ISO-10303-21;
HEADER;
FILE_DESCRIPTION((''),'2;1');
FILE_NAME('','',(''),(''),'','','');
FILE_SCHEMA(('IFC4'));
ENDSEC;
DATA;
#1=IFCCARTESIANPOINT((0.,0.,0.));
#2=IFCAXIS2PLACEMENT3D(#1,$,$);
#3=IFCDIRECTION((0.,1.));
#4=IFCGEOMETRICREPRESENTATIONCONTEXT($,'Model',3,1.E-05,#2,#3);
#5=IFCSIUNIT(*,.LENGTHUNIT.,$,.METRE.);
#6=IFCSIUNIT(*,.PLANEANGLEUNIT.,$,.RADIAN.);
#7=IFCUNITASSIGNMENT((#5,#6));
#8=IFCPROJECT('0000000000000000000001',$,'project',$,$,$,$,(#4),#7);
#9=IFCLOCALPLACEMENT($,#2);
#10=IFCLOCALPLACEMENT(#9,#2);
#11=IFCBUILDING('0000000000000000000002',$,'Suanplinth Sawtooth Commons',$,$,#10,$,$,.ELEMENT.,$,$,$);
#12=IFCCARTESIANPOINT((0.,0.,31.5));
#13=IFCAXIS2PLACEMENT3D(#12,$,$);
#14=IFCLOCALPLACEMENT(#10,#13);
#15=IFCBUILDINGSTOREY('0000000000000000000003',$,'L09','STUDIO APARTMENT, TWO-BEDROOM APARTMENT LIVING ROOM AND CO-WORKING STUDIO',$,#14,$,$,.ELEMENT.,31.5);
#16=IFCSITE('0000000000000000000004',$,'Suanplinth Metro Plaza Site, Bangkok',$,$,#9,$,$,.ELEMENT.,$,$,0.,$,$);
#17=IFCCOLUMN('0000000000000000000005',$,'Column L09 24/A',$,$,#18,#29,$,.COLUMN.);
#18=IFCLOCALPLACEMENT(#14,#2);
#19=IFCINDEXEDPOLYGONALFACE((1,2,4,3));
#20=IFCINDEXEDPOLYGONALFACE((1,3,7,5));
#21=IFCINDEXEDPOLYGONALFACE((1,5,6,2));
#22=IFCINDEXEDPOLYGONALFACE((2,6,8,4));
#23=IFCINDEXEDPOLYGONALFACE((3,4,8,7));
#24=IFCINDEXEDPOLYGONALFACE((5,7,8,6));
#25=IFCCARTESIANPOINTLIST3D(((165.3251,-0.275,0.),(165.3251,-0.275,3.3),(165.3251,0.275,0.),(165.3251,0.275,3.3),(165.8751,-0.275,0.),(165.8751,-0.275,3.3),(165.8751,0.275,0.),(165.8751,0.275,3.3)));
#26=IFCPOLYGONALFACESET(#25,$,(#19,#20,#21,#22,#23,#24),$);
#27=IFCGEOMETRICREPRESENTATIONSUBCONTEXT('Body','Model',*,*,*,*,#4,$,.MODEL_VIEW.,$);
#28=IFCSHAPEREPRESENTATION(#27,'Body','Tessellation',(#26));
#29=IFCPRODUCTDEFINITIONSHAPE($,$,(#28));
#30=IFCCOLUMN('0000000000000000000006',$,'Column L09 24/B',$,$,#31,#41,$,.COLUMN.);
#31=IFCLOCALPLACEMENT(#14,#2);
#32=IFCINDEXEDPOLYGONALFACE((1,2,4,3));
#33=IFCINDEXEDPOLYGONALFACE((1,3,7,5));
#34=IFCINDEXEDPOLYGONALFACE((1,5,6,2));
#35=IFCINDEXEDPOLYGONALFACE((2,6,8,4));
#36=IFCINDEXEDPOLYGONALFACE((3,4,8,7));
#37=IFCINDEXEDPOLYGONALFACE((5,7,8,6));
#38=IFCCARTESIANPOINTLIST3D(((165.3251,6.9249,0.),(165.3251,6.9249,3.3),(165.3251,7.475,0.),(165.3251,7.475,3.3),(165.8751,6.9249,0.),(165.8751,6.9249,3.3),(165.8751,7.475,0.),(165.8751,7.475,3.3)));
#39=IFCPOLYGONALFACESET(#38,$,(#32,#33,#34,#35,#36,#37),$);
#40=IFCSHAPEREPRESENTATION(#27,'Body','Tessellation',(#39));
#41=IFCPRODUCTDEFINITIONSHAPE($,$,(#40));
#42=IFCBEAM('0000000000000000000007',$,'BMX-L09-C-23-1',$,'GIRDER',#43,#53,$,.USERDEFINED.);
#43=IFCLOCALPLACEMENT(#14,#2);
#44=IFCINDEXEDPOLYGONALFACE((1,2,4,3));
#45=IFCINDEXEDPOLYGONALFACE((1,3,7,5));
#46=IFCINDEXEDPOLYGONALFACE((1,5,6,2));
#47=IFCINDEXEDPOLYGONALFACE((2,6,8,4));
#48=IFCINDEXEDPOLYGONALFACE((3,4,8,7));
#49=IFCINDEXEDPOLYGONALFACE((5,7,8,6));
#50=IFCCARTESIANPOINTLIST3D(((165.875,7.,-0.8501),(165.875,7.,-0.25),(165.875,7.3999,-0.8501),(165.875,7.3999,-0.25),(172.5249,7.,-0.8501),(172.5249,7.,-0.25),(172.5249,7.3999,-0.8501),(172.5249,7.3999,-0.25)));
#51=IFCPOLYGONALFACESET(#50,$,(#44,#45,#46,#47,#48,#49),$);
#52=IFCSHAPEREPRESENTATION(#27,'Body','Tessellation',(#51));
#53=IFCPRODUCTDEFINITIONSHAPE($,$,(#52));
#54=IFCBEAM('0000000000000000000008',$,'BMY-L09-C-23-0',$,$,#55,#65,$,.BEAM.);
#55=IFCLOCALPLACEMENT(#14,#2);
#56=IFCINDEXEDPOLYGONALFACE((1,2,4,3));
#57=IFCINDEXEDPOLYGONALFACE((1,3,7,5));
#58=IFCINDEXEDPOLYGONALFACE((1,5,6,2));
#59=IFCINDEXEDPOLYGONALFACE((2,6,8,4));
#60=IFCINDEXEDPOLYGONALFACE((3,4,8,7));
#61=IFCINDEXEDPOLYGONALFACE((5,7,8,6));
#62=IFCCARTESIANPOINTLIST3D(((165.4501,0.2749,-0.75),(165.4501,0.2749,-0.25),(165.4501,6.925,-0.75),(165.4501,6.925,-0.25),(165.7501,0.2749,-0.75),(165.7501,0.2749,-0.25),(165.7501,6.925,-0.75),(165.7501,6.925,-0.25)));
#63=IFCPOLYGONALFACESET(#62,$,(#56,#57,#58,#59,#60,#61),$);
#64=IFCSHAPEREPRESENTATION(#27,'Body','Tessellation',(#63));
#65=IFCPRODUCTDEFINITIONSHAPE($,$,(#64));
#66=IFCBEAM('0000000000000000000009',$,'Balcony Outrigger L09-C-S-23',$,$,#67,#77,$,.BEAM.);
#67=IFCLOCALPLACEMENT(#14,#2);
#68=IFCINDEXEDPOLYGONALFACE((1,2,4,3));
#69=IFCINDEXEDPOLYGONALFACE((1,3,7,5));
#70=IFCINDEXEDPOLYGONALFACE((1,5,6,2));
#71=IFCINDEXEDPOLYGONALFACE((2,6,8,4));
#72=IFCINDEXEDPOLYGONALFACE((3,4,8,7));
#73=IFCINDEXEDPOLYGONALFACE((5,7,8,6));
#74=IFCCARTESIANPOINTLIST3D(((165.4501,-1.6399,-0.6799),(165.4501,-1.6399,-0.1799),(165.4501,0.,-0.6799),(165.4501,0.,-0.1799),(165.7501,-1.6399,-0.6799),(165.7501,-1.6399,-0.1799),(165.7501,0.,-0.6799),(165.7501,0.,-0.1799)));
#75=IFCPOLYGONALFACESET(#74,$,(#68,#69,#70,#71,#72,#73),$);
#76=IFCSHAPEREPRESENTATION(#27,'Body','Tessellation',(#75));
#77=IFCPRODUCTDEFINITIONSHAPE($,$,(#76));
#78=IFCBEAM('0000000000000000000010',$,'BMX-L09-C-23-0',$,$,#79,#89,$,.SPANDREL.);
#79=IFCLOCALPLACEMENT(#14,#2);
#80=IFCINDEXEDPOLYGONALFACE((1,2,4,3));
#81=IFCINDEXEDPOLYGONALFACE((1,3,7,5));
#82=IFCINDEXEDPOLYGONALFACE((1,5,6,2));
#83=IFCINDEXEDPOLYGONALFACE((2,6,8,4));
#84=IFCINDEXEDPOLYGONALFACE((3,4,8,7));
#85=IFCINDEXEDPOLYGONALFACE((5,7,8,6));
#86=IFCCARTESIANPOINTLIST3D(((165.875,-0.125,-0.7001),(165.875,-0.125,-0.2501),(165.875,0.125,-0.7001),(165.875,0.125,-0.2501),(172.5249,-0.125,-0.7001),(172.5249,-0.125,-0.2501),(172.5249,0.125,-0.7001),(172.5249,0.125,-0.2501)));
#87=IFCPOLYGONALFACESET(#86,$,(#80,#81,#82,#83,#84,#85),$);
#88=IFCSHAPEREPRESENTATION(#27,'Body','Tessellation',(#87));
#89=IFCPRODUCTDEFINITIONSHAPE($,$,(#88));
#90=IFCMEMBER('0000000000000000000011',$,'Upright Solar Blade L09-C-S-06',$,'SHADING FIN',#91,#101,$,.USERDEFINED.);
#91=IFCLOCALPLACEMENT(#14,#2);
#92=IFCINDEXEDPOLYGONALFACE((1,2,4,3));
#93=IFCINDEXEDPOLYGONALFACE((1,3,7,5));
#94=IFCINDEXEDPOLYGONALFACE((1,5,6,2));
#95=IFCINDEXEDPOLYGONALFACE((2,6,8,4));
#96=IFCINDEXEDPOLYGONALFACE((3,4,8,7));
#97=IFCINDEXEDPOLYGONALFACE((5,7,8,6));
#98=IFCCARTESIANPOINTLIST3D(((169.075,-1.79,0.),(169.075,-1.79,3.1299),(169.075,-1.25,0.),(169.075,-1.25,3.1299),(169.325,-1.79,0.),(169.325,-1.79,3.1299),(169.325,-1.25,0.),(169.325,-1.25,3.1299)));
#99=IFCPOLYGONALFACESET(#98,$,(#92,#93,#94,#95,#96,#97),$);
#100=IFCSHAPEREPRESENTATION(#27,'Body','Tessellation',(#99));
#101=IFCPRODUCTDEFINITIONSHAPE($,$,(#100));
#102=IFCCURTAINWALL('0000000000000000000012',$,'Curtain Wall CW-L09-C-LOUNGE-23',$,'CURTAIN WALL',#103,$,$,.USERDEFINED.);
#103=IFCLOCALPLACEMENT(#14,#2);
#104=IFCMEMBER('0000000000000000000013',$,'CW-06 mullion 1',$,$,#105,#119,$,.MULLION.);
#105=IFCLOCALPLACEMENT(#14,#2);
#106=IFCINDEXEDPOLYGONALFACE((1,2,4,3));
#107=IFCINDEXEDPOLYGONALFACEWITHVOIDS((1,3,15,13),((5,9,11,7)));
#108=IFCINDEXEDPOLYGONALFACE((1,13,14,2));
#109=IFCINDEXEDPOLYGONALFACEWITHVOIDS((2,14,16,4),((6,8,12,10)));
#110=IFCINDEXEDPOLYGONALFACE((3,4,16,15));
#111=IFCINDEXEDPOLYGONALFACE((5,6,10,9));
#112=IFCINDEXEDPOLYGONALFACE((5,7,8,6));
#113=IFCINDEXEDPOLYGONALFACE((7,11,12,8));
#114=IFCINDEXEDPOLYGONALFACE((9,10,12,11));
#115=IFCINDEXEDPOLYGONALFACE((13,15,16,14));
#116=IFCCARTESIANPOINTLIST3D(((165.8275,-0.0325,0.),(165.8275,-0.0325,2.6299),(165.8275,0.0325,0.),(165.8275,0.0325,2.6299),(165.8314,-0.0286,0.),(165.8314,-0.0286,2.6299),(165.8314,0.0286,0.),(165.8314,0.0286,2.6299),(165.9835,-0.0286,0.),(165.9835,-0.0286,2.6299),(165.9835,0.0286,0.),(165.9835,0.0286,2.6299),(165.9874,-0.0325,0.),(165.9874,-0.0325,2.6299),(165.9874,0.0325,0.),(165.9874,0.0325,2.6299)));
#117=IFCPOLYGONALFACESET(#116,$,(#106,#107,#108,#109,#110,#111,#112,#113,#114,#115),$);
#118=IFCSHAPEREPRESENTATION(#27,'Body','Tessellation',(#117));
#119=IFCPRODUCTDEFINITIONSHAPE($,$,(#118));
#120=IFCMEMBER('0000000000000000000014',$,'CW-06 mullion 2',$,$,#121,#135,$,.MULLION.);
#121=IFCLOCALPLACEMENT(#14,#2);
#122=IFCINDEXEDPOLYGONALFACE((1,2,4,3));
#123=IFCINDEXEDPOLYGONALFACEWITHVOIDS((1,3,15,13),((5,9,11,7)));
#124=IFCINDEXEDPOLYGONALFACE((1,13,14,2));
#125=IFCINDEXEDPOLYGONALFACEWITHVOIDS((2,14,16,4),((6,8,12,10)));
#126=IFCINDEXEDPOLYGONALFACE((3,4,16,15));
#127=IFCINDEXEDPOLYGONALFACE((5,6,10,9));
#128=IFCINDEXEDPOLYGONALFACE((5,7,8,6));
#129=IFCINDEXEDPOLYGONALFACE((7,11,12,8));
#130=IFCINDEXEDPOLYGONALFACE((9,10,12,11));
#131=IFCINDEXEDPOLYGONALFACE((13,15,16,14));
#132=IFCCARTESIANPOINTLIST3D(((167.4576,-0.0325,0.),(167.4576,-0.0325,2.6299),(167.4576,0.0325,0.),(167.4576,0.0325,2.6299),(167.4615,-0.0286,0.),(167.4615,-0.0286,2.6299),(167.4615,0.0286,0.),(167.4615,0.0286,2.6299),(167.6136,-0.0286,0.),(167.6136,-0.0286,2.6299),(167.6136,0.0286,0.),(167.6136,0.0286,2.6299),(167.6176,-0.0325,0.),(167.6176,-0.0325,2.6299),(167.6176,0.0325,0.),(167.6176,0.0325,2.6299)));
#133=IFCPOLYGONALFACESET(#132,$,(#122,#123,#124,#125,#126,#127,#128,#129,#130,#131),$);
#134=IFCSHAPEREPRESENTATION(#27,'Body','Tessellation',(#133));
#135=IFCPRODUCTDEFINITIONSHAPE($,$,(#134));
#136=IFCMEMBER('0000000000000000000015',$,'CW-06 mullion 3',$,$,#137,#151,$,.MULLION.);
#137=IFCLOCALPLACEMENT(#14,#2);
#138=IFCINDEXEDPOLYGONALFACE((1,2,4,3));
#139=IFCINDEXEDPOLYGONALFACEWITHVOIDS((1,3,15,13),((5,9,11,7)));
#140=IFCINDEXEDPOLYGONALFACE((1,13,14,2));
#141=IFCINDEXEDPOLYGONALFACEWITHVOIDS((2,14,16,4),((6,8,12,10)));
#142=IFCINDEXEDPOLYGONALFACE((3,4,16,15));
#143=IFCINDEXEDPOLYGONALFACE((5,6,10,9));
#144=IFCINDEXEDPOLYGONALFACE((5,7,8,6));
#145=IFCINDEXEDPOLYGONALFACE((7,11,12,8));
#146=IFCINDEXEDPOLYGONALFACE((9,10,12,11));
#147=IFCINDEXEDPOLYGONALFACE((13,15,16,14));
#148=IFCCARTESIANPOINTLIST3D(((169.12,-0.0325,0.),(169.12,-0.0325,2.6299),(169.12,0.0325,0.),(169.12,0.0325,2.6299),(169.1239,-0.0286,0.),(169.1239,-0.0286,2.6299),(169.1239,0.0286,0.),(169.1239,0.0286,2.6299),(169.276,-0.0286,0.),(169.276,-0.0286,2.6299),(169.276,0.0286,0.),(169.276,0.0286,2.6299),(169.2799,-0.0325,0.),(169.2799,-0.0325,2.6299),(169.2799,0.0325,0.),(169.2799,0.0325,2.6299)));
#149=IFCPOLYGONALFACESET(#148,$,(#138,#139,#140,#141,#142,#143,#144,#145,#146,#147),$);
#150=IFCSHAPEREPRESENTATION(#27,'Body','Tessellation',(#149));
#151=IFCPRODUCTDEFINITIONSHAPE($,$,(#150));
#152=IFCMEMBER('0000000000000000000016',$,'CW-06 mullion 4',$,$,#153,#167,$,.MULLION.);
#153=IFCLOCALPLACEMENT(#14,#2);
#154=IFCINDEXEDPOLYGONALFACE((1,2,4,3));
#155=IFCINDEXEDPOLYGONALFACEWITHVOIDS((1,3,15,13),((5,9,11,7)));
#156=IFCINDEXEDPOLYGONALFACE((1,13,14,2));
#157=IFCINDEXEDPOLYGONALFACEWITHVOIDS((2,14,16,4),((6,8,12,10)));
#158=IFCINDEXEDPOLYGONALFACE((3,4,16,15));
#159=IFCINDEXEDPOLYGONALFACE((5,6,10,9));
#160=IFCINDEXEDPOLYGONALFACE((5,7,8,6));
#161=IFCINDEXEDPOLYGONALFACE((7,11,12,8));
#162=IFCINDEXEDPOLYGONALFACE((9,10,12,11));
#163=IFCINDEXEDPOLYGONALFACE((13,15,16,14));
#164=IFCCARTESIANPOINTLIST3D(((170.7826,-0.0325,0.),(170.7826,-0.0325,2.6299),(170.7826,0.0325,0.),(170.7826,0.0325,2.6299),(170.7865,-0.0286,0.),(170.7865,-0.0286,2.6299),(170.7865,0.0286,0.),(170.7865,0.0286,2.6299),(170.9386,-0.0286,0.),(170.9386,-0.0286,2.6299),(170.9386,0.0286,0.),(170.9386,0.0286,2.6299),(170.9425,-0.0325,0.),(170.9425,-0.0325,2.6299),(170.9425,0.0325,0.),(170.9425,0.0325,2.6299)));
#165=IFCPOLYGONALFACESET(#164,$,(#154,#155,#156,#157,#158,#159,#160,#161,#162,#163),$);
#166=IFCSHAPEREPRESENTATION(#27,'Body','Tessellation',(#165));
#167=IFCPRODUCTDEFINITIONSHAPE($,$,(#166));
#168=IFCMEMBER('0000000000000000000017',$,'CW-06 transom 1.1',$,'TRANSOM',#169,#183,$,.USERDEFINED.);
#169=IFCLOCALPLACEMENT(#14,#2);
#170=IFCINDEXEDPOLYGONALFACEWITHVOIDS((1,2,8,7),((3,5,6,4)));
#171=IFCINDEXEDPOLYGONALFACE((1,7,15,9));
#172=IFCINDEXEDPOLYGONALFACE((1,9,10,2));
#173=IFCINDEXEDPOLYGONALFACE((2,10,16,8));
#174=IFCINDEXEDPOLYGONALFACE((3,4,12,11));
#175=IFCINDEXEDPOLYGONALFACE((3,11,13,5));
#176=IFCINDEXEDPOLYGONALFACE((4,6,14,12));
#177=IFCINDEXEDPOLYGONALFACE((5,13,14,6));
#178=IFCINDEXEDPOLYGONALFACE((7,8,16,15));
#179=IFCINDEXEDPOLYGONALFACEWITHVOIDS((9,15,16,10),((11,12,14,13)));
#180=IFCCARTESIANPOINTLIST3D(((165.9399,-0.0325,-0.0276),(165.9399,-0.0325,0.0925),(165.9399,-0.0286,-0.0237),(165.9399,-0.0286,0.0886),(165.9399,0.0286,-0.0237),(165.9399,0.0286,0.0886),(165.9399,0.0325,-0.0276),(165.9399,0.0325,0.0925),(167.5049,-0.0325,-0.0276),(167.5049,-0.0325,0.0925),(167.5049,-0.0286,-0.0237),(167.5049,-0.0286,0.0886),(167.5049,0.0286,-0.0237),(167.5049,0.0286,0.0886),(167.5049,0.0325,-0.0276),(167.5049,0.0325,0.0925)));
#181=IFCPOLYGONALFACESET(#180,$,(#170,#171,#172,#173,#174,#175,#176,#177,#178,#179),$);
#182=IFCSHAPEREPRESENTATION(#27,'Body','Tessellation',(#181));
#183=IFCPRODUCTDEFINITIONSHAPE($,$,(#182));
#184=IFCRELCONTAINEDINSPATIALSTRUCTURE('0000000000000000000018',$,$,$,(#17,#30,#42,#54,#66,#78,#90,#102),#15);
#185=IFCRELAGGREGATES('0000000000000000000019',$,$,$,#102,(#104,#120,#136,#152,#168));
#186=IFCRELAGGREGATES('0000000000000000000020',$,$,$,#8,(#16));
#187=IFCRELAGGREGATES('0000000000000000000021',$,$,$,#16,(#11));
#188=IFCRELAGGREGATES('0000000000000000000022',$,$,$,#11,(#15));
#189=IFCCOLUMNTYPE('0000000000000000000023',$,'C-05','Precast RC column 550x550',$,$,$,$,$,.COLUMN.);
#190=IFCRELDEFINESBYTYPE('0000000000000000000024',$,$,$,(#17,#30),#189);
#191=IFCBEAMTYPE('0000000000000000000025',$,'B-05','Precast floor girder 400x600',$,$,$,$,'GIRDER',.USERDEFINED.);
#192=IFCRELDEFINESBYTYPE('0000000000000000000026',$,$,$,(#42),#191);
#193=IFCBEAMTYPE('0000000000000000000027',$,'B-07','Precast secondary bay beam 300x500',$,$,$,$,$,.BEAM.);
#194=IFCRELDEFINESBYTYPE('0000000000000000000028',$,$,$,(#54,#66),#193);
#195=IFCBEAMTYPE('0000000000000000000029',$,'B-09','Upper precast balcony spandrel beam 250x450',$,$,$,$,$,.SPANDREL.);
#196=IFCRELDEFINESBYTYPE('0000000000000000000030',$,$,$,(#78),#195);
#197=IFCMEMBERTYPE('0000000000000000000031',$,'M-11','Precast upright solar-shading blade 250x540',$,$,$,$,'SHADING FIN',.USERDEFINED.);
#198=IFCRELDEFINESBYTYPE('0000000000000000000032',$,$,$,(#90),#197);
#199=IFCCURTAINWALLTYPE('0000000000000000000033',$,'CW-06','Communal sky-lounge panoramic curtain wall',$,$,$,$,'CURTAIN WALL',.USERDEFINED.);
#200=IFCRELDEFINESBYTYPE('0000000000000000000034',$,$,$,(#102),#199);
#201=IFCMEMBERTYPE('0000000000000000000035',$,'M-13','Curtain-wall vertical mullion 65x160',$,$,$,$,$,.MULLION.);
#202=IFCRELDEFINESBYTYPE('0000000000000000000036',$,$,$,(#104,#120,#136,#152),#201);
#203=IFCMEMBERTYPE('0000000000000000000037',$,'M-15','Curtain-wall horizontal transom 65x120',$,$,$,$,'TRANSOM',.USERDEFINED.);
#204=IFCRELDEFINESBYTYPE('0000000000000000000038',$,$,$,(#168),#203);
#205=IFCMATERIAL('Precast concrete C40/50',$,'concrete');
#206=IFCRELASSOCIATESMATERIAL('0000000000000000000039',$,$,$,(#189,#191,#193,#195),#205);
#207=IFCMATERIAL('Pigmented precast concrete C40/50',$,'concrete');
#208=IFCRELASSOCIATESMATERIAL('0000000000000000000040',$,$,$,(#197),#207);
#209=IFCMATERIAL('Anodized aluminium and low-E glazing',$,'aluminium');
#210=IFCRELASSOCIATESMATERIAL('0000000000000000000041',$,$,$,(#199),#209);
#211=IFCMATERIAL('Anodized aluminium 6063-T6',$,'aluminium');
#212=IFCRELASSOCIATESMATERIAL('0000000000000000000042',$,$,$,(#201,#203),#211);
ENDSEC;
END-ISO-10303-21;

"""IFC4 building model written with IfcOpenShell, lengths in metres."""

from ifc_helpers import new_model, si_unit, direction, frame, origin, origin_2d, place, context, subcontext, project, spatial, rectangle, hollow_rectangle, extrude, material, material_profile, profile_set, type_object, element, aggregate, save


model = new_model("IFC4")

# Units and contexts
model_context = context("Model", 3, precision=1e-05, world=origin(), true_north=direction((0.0, 1.0)))
body_context = subcontext(model_context, "Body", "Model", "MODEL_VIEW")
ifc_project = project(units=[si_unit("LENGTHUNIT", "METRE"), si_unit("PLANEANGLEUNIT", "RADIAN")], contexts=[model_context])

# Site, building, storey
site_placement = place(None, origin())
site = spatial("IfcSite", under=ifc_project, at=site_placement, Name="Suanplinth Metro Plaza Site, Bangkok", CompositionType="ELEMENT", RefElevation=0.0)
building_placement = place(site_placement, origin())
building = spatial("IfcBuilding", under=site, at=building_placement, Name="Suanplinth Sawtooth Commons", CompositionType="ELEMENT")
storey_placement = place(building_placement, frame((0.0, 0.0, 31.5)))
storey = spatial("IfcBuildingStorey", under=building, at=storey_placement, Name="L09", Description="STUDIO APARTMENT, TWO-BEDROOM APARTMENT LIVING ROOM AND CO-WORKING STUDIO", CompositionType="ELEMENT", Elevation=31.5)

# Columns
ifc_material_1 = material(Name="Precast concrete C40/50", Category="concrete")
ifc_material_profile_1 = material_profile(ifc_material_1, rectangle(XDim=0.55, YDim=0.55, at=origin_2d()), Name="PC-COL 550x550")
ifc_profile_set_1 = profile_set([ifc_material_profile_1], Name="Precast concrete C40/50")
column_type = type_object("IfcColumnType", Name="C-05", Description="Precast RC column 550x550", PredefinedType="COLUMN", material=ifc_profile_set_1)
for number, where, z_axis, x_axis, name in (
    (1, (165.6001, 0.0, 0.0), (0.0, 0.0, 1.0), (1.0, 0.0, 0.0), "Column L09 24/A"),
    (2, (165.6001, 7.2, 0.0), (0.0, 0.0, 1.0), (1.0, 0.0, 0.0), "Column L09 24/B"),
):
    element("IfcColumn", number, at=place(storey_placement, frame(where, z_axis=z_axis, x_axis=x_axis)), inside=storey, type_object=column_type, Name=name, PredefinedType="COLUMN", context=body_context, shape_type="SweptSolid", body=[
        extrude(rectangle(XDim=0.55, YDim=0.55, at=origin_2d()), origin(), (0.0, 0.0, 1.0), 3.3),
    ])

# Beams
ifc_material_profile_2 = material_profile(ifc_material_1, rectangle(XDim=0.3999, YDim=0.6001, at=origin_2d()), Name="PC-GDR 400x600")
ifc_profile_set_2 = profile_set([ifc_material_profile_2], Name="Precast concrete C40/50")
beam_type_1 = type_object("IfcBeamType", Name="B-05", Description="Precast floor girder 400x600", ElementType="GIRDER", PredefinedType="USERDEFINED", material=ifc_profile_set_2)
beam_1_placement = place(storey_placement, frame((165.875, 7.2, -0.55), z_axis=(1.0, 0.0, 0.0), x_axis=(0.0, 1.0, 0.0)))
element("IfcBeam", 3, at=beam_1_placement, inside=storey, type_object=beam_type_1, Name="BMX-L09-C-23-1", ObjectType="GIRDER", PredefinedType="USERDEFINED", context=body_context, shape_type="SweptSolid", body=[
    extrude(rectangle(XDim=0.3999, YDim=0.6001, at=origin_2d()), origin(), (0.0, 0.0, 1.0), 6.6499),
])
ifc_material_profile_3 = material_profile(ifc_material_1, rectangle(XDim=0.3, YDim=0.5, at=origin_2d()), Name="PC-BM 300x500")
ifc_profile_set_3 = profile_set([ifc_material_profile_3], Name="Precast concrete C40/50")
beam_type_2 = type_object("IfcBeamType", Name="B-07", Description="Precast secondary bay beam 300x500", PredefinedType="BEAM", material=ifc_profile_set_3)
beam_2_placement = place(storey_placement, frame((165.6001, 0.2749, -0.5), z_axis=(0.0, 1.0, 0.0), x_axis=(-1.0, 0.0, 0.0)))
element("IfcBeam", 4, at=beam_2_placement, inside=storey, type_object=beam_type_2, Name="BMY-L09-C-23-0", PredefinedType="BEAM", context=body_context, shape_type="SweptSolid", body=[
    extrude(rectangle(XDim=0.3, YDim=0.5, at=origin_2d()), origin(), (0.0, 0.0, 1.0), 6.6501),
])
beam_3_placement = place(storey_placement, frame((165.6001, 0.0, -0.4299), z_axis=(0.0, -1.0, 0.0), x_axis=(1.0, 0.0, 0.0)))
element("IfcBeam", 5, at=beam_3_placement, inside=storey, type_object=beam_type_2, Name="Balcony Outrigger L09-C-S-23", PredefinedType="BEAM", context=body_context, shape_type="SweptSolid", body=[
    extrude(rectangle(XDim=0.3, YDim=0.5, at=origin_2d()), origin(), (0.0, 0.0, 1.0), 1.6399),
])
ifc_material_profile_4 = material_profile(ifc_material_1, rectangle(XDim=0.25, YDim=0.45, at=origin_2d()), Name="PC-SP 250x450")
ifc_profile_set_4 = profile_set([ifc_material_profile_4], Name="Precast concrete C40/50")
beam_type_3 = type_object("IfcBeamType", Name="B-09", Description="Upper precast balcony spandrel beam 250x450", PredefinedType="SPANDREL", material=ifc_profile_set_4)
beam_4_placement = place(storey_placement, frame((165.875, 0.0, -0.4751), z_axis=(1.0, 0.0, 0.0), x_axis=(0.0, 1.0, 0.0)))
element("IfcBeam", 6, at=beam_4_placement, inside=storey, type_object=beam_type_3, Name="BMX-L09-C-23-0", PredefinedType="SPANDREL", context=body_context, shape_type="SweptSolid", body=[
    extrude(rectangle(XDim=0.25, YDim=0.45, at=origin_2d()), origin(), (0.0, 0.0, 1.0), 6.6499),
])

# Member
ifc_material_2 = material(Name="Pigmented precast concrete C40/50", Category="concrete")
ifc_material_profile_5 = material_profile(ifc_material_2, rectangle(XDim=0.25, YDim=0.54, at=origin_2d()), Name="PC-FIN 250x540")
ifc_profile_set_5 = profile_set([ifc_material_profile_5], Name="Pigmented precast concrete C40/50")
member_type_1 = type_object("IfcMemberType", Name="M-11", Description="Precast upright solar-shading blade 250x540", ElementType="SHADING FIN", PredefinedType="USERDEFINED", material=ifc_profile_set_5)
member_1_placement = place(storey_placement, frame((169.2, -1.52, 0.0), z_axis=(0.0, 0.0, 1.0), x_axis=(1.0, 0.0, 0.0)))
element("IfcMember", 7, at=member_1_placement, inside=storey, type_object=member_type_1, Name="Upright Solar Blade L09-C-S-06", ObjectType="SHADING FIN", PredefinedType="USERDEFINED", context=body_context, shape_type="SweptSolid", body=[
    extrude(rectangle(XDim=0.25, YDim=0.54, at=origin_2d()), origin(), (0.0, 0.0, 1.0), 3.1299),
])

# Curtain wall, members
ifc_material_3 = material(Name="Anodized aluminium and low-E glazing", Category="aluminium")
curtain_wall_type = type_object("IfcCurtainWallType", Name="CW-06", Description="Communal sky-lounge panoramic curtain wall", ElementType="CURTAIN WALL", PredefinedType="USERDEFINED", material=ifc_material_3)
curtain_wall_placement = place(storey_placement, origin())
curtain_wall = element("IfcCurtainWall", 8, at=curtain_wall_placement, inside=storey, type_object=curtain_wall_type, Name="Curtain Wall CW-L09-C-LOUNGE-23", ObjectType="CURTAIN WALL", PredefinedType="USERDEFINED")
ifc_material_4 = material(Name="Anodized aluminium 6063-T6", Category="aluminium")
ifc_material_profile_6 = material_profile(ifc_material_4, hollow_rectangle(XDim=0.0649, YDim=0.1599, WallThickness=0.0039, at=origin_2d()), Name="ALU-MUL 65x160")
ifc_profile_set_6 = profile_set([ifc_material_profile_6], Name="Anodized aluminium 6063-T6")
member_type_2 = type_object("IfcMemberType", Name="M-13", Description="Curtain-wall vertical mullion 65x160", PredefinedType="MULLION", material=ifc_profile_set_6)
member_2_placement = place(storey_placement, frame((165.9075, 0.0, 0.0), z_axis=(0.0, 0.0, 1.0), x_axis=(0.0, 1.0, 0.0)))
member_2 = element("IfcMember", 9, at=member_2_placement, type_object=member_type_2, Name="CW-06 mullion 1", PredefinedType="MULLION", context=body_context, shape_type="SweptSolid", body=[
    extrude(hollow_rectangle(XDim=0.0649, YDim=0.1599, WallThickness=0.0039, at=origin_2d()), origin(), (0.0, 0.0, 1.0), 2.6299),
])
member_3_placement = place(storey_placement, frame((167.5376, 0.0, 0.0), z_axis=(0.0, 0.0, 1.0), x_axis=(0.0, 1.0, 0.0)))
member_3 = element("IfcMember", 10, at=member_3_placement, type_object=member_type_2, Name="CW-06 mullion 2", PredefinedType="MULLION", context=body_context, shape_type="SweptSolid", body=[
    extrude(hollow_rectangle(XDim=0.0649, YDim=0.1599, WallThickness=0.0039, at=origin_2d()), origin(), (0.0, 0.0, 1.0), 2.6299),
])
member_4_placement = place(storey_placement, frame((169.2, 0.0, 0.0), z_axis=(0.0, 0.0, 1.0), x_axis=(0.0, 1.0, 0.0)))
member_4 = element("IfcMember", 11, at=member_4_placement, type_object=member_type_2, Name="CW-06 mullion 3", PredefinedType="MULLION", context=body_context, shape_type="SweptSolid", body=[
    extrude(hollow_rectangle(XDim=0.0649, YDim=0.1599, WallThickness=0.0039, at=origin_2d()), origin(), (0.0, 0.0, 1.0), 2.6299),
])
member_5_placement = place(storey_placement, frame((170.8625, 0.0, 0.0), z_axis=(0.0, 0.0, 1.0), x_axis=(0.0, 1.0, 0.0)))
member_5 = element("IfcMember", 12, at=member_5_placement, type_object=member_type_2, Name="CW-06 mullion 4", PredefinedType="MULLION", context=body_context, shape_type="SweptSolid", body=[
    extrude(hollow_rectangle(XDim=0.0649, YDim=0.1599, WallThickness=0.0039, at=origin_2d()), origin(), (0.0, 0.0, 1.0), 2.6299),
])
ifc_material_profile_7 = material_profile(ifc_material_4, hollow_rectangle(XDim=0.0649, YDim=0.1201, WallThickness=0.0039, at=origin_2d()), Name="ALU-TRN 65x120")
ifc_profile_set_7 = profile_set([ifc_material_profile_7], Name="Anodized aluminium 6063-T6")
member_type_3 = type_object("IfcMemberType", Name="M-15", Description="Curtain-wall horizontal transom 65x120", ElementType="TRANSOM", PredefinedType="USERDEFINED", material=ifc_profile_set_7)
member_6_placement = place(storey_placement, frame((165.9399, 0.0, 0.0325), z_axis=(1.0, 0.0, 0.0), x_axis=(0.0, 1.0, 0.0)))
member_6 = element("IfcMember", 13, at=member_6_placement, type_object=member_type_3, Name="CW-06 transom 1.1", ObjectType="TRANSOM", PredefinedType="USERDEFINED", context=body_context, shape_type="SweptSolid", body=[
    extrude(hollow_rectangle(XDim=0.0649, YDim=0.1201, WallThickness=0.0039, at=origin_2d()), origin(), (0.0, 0.0, 1.0), 1.5649),
])
aggregate(curtain_wall, [member_2, member_3, member_4, member_5, member_6])

save(model, "model.ifc")
